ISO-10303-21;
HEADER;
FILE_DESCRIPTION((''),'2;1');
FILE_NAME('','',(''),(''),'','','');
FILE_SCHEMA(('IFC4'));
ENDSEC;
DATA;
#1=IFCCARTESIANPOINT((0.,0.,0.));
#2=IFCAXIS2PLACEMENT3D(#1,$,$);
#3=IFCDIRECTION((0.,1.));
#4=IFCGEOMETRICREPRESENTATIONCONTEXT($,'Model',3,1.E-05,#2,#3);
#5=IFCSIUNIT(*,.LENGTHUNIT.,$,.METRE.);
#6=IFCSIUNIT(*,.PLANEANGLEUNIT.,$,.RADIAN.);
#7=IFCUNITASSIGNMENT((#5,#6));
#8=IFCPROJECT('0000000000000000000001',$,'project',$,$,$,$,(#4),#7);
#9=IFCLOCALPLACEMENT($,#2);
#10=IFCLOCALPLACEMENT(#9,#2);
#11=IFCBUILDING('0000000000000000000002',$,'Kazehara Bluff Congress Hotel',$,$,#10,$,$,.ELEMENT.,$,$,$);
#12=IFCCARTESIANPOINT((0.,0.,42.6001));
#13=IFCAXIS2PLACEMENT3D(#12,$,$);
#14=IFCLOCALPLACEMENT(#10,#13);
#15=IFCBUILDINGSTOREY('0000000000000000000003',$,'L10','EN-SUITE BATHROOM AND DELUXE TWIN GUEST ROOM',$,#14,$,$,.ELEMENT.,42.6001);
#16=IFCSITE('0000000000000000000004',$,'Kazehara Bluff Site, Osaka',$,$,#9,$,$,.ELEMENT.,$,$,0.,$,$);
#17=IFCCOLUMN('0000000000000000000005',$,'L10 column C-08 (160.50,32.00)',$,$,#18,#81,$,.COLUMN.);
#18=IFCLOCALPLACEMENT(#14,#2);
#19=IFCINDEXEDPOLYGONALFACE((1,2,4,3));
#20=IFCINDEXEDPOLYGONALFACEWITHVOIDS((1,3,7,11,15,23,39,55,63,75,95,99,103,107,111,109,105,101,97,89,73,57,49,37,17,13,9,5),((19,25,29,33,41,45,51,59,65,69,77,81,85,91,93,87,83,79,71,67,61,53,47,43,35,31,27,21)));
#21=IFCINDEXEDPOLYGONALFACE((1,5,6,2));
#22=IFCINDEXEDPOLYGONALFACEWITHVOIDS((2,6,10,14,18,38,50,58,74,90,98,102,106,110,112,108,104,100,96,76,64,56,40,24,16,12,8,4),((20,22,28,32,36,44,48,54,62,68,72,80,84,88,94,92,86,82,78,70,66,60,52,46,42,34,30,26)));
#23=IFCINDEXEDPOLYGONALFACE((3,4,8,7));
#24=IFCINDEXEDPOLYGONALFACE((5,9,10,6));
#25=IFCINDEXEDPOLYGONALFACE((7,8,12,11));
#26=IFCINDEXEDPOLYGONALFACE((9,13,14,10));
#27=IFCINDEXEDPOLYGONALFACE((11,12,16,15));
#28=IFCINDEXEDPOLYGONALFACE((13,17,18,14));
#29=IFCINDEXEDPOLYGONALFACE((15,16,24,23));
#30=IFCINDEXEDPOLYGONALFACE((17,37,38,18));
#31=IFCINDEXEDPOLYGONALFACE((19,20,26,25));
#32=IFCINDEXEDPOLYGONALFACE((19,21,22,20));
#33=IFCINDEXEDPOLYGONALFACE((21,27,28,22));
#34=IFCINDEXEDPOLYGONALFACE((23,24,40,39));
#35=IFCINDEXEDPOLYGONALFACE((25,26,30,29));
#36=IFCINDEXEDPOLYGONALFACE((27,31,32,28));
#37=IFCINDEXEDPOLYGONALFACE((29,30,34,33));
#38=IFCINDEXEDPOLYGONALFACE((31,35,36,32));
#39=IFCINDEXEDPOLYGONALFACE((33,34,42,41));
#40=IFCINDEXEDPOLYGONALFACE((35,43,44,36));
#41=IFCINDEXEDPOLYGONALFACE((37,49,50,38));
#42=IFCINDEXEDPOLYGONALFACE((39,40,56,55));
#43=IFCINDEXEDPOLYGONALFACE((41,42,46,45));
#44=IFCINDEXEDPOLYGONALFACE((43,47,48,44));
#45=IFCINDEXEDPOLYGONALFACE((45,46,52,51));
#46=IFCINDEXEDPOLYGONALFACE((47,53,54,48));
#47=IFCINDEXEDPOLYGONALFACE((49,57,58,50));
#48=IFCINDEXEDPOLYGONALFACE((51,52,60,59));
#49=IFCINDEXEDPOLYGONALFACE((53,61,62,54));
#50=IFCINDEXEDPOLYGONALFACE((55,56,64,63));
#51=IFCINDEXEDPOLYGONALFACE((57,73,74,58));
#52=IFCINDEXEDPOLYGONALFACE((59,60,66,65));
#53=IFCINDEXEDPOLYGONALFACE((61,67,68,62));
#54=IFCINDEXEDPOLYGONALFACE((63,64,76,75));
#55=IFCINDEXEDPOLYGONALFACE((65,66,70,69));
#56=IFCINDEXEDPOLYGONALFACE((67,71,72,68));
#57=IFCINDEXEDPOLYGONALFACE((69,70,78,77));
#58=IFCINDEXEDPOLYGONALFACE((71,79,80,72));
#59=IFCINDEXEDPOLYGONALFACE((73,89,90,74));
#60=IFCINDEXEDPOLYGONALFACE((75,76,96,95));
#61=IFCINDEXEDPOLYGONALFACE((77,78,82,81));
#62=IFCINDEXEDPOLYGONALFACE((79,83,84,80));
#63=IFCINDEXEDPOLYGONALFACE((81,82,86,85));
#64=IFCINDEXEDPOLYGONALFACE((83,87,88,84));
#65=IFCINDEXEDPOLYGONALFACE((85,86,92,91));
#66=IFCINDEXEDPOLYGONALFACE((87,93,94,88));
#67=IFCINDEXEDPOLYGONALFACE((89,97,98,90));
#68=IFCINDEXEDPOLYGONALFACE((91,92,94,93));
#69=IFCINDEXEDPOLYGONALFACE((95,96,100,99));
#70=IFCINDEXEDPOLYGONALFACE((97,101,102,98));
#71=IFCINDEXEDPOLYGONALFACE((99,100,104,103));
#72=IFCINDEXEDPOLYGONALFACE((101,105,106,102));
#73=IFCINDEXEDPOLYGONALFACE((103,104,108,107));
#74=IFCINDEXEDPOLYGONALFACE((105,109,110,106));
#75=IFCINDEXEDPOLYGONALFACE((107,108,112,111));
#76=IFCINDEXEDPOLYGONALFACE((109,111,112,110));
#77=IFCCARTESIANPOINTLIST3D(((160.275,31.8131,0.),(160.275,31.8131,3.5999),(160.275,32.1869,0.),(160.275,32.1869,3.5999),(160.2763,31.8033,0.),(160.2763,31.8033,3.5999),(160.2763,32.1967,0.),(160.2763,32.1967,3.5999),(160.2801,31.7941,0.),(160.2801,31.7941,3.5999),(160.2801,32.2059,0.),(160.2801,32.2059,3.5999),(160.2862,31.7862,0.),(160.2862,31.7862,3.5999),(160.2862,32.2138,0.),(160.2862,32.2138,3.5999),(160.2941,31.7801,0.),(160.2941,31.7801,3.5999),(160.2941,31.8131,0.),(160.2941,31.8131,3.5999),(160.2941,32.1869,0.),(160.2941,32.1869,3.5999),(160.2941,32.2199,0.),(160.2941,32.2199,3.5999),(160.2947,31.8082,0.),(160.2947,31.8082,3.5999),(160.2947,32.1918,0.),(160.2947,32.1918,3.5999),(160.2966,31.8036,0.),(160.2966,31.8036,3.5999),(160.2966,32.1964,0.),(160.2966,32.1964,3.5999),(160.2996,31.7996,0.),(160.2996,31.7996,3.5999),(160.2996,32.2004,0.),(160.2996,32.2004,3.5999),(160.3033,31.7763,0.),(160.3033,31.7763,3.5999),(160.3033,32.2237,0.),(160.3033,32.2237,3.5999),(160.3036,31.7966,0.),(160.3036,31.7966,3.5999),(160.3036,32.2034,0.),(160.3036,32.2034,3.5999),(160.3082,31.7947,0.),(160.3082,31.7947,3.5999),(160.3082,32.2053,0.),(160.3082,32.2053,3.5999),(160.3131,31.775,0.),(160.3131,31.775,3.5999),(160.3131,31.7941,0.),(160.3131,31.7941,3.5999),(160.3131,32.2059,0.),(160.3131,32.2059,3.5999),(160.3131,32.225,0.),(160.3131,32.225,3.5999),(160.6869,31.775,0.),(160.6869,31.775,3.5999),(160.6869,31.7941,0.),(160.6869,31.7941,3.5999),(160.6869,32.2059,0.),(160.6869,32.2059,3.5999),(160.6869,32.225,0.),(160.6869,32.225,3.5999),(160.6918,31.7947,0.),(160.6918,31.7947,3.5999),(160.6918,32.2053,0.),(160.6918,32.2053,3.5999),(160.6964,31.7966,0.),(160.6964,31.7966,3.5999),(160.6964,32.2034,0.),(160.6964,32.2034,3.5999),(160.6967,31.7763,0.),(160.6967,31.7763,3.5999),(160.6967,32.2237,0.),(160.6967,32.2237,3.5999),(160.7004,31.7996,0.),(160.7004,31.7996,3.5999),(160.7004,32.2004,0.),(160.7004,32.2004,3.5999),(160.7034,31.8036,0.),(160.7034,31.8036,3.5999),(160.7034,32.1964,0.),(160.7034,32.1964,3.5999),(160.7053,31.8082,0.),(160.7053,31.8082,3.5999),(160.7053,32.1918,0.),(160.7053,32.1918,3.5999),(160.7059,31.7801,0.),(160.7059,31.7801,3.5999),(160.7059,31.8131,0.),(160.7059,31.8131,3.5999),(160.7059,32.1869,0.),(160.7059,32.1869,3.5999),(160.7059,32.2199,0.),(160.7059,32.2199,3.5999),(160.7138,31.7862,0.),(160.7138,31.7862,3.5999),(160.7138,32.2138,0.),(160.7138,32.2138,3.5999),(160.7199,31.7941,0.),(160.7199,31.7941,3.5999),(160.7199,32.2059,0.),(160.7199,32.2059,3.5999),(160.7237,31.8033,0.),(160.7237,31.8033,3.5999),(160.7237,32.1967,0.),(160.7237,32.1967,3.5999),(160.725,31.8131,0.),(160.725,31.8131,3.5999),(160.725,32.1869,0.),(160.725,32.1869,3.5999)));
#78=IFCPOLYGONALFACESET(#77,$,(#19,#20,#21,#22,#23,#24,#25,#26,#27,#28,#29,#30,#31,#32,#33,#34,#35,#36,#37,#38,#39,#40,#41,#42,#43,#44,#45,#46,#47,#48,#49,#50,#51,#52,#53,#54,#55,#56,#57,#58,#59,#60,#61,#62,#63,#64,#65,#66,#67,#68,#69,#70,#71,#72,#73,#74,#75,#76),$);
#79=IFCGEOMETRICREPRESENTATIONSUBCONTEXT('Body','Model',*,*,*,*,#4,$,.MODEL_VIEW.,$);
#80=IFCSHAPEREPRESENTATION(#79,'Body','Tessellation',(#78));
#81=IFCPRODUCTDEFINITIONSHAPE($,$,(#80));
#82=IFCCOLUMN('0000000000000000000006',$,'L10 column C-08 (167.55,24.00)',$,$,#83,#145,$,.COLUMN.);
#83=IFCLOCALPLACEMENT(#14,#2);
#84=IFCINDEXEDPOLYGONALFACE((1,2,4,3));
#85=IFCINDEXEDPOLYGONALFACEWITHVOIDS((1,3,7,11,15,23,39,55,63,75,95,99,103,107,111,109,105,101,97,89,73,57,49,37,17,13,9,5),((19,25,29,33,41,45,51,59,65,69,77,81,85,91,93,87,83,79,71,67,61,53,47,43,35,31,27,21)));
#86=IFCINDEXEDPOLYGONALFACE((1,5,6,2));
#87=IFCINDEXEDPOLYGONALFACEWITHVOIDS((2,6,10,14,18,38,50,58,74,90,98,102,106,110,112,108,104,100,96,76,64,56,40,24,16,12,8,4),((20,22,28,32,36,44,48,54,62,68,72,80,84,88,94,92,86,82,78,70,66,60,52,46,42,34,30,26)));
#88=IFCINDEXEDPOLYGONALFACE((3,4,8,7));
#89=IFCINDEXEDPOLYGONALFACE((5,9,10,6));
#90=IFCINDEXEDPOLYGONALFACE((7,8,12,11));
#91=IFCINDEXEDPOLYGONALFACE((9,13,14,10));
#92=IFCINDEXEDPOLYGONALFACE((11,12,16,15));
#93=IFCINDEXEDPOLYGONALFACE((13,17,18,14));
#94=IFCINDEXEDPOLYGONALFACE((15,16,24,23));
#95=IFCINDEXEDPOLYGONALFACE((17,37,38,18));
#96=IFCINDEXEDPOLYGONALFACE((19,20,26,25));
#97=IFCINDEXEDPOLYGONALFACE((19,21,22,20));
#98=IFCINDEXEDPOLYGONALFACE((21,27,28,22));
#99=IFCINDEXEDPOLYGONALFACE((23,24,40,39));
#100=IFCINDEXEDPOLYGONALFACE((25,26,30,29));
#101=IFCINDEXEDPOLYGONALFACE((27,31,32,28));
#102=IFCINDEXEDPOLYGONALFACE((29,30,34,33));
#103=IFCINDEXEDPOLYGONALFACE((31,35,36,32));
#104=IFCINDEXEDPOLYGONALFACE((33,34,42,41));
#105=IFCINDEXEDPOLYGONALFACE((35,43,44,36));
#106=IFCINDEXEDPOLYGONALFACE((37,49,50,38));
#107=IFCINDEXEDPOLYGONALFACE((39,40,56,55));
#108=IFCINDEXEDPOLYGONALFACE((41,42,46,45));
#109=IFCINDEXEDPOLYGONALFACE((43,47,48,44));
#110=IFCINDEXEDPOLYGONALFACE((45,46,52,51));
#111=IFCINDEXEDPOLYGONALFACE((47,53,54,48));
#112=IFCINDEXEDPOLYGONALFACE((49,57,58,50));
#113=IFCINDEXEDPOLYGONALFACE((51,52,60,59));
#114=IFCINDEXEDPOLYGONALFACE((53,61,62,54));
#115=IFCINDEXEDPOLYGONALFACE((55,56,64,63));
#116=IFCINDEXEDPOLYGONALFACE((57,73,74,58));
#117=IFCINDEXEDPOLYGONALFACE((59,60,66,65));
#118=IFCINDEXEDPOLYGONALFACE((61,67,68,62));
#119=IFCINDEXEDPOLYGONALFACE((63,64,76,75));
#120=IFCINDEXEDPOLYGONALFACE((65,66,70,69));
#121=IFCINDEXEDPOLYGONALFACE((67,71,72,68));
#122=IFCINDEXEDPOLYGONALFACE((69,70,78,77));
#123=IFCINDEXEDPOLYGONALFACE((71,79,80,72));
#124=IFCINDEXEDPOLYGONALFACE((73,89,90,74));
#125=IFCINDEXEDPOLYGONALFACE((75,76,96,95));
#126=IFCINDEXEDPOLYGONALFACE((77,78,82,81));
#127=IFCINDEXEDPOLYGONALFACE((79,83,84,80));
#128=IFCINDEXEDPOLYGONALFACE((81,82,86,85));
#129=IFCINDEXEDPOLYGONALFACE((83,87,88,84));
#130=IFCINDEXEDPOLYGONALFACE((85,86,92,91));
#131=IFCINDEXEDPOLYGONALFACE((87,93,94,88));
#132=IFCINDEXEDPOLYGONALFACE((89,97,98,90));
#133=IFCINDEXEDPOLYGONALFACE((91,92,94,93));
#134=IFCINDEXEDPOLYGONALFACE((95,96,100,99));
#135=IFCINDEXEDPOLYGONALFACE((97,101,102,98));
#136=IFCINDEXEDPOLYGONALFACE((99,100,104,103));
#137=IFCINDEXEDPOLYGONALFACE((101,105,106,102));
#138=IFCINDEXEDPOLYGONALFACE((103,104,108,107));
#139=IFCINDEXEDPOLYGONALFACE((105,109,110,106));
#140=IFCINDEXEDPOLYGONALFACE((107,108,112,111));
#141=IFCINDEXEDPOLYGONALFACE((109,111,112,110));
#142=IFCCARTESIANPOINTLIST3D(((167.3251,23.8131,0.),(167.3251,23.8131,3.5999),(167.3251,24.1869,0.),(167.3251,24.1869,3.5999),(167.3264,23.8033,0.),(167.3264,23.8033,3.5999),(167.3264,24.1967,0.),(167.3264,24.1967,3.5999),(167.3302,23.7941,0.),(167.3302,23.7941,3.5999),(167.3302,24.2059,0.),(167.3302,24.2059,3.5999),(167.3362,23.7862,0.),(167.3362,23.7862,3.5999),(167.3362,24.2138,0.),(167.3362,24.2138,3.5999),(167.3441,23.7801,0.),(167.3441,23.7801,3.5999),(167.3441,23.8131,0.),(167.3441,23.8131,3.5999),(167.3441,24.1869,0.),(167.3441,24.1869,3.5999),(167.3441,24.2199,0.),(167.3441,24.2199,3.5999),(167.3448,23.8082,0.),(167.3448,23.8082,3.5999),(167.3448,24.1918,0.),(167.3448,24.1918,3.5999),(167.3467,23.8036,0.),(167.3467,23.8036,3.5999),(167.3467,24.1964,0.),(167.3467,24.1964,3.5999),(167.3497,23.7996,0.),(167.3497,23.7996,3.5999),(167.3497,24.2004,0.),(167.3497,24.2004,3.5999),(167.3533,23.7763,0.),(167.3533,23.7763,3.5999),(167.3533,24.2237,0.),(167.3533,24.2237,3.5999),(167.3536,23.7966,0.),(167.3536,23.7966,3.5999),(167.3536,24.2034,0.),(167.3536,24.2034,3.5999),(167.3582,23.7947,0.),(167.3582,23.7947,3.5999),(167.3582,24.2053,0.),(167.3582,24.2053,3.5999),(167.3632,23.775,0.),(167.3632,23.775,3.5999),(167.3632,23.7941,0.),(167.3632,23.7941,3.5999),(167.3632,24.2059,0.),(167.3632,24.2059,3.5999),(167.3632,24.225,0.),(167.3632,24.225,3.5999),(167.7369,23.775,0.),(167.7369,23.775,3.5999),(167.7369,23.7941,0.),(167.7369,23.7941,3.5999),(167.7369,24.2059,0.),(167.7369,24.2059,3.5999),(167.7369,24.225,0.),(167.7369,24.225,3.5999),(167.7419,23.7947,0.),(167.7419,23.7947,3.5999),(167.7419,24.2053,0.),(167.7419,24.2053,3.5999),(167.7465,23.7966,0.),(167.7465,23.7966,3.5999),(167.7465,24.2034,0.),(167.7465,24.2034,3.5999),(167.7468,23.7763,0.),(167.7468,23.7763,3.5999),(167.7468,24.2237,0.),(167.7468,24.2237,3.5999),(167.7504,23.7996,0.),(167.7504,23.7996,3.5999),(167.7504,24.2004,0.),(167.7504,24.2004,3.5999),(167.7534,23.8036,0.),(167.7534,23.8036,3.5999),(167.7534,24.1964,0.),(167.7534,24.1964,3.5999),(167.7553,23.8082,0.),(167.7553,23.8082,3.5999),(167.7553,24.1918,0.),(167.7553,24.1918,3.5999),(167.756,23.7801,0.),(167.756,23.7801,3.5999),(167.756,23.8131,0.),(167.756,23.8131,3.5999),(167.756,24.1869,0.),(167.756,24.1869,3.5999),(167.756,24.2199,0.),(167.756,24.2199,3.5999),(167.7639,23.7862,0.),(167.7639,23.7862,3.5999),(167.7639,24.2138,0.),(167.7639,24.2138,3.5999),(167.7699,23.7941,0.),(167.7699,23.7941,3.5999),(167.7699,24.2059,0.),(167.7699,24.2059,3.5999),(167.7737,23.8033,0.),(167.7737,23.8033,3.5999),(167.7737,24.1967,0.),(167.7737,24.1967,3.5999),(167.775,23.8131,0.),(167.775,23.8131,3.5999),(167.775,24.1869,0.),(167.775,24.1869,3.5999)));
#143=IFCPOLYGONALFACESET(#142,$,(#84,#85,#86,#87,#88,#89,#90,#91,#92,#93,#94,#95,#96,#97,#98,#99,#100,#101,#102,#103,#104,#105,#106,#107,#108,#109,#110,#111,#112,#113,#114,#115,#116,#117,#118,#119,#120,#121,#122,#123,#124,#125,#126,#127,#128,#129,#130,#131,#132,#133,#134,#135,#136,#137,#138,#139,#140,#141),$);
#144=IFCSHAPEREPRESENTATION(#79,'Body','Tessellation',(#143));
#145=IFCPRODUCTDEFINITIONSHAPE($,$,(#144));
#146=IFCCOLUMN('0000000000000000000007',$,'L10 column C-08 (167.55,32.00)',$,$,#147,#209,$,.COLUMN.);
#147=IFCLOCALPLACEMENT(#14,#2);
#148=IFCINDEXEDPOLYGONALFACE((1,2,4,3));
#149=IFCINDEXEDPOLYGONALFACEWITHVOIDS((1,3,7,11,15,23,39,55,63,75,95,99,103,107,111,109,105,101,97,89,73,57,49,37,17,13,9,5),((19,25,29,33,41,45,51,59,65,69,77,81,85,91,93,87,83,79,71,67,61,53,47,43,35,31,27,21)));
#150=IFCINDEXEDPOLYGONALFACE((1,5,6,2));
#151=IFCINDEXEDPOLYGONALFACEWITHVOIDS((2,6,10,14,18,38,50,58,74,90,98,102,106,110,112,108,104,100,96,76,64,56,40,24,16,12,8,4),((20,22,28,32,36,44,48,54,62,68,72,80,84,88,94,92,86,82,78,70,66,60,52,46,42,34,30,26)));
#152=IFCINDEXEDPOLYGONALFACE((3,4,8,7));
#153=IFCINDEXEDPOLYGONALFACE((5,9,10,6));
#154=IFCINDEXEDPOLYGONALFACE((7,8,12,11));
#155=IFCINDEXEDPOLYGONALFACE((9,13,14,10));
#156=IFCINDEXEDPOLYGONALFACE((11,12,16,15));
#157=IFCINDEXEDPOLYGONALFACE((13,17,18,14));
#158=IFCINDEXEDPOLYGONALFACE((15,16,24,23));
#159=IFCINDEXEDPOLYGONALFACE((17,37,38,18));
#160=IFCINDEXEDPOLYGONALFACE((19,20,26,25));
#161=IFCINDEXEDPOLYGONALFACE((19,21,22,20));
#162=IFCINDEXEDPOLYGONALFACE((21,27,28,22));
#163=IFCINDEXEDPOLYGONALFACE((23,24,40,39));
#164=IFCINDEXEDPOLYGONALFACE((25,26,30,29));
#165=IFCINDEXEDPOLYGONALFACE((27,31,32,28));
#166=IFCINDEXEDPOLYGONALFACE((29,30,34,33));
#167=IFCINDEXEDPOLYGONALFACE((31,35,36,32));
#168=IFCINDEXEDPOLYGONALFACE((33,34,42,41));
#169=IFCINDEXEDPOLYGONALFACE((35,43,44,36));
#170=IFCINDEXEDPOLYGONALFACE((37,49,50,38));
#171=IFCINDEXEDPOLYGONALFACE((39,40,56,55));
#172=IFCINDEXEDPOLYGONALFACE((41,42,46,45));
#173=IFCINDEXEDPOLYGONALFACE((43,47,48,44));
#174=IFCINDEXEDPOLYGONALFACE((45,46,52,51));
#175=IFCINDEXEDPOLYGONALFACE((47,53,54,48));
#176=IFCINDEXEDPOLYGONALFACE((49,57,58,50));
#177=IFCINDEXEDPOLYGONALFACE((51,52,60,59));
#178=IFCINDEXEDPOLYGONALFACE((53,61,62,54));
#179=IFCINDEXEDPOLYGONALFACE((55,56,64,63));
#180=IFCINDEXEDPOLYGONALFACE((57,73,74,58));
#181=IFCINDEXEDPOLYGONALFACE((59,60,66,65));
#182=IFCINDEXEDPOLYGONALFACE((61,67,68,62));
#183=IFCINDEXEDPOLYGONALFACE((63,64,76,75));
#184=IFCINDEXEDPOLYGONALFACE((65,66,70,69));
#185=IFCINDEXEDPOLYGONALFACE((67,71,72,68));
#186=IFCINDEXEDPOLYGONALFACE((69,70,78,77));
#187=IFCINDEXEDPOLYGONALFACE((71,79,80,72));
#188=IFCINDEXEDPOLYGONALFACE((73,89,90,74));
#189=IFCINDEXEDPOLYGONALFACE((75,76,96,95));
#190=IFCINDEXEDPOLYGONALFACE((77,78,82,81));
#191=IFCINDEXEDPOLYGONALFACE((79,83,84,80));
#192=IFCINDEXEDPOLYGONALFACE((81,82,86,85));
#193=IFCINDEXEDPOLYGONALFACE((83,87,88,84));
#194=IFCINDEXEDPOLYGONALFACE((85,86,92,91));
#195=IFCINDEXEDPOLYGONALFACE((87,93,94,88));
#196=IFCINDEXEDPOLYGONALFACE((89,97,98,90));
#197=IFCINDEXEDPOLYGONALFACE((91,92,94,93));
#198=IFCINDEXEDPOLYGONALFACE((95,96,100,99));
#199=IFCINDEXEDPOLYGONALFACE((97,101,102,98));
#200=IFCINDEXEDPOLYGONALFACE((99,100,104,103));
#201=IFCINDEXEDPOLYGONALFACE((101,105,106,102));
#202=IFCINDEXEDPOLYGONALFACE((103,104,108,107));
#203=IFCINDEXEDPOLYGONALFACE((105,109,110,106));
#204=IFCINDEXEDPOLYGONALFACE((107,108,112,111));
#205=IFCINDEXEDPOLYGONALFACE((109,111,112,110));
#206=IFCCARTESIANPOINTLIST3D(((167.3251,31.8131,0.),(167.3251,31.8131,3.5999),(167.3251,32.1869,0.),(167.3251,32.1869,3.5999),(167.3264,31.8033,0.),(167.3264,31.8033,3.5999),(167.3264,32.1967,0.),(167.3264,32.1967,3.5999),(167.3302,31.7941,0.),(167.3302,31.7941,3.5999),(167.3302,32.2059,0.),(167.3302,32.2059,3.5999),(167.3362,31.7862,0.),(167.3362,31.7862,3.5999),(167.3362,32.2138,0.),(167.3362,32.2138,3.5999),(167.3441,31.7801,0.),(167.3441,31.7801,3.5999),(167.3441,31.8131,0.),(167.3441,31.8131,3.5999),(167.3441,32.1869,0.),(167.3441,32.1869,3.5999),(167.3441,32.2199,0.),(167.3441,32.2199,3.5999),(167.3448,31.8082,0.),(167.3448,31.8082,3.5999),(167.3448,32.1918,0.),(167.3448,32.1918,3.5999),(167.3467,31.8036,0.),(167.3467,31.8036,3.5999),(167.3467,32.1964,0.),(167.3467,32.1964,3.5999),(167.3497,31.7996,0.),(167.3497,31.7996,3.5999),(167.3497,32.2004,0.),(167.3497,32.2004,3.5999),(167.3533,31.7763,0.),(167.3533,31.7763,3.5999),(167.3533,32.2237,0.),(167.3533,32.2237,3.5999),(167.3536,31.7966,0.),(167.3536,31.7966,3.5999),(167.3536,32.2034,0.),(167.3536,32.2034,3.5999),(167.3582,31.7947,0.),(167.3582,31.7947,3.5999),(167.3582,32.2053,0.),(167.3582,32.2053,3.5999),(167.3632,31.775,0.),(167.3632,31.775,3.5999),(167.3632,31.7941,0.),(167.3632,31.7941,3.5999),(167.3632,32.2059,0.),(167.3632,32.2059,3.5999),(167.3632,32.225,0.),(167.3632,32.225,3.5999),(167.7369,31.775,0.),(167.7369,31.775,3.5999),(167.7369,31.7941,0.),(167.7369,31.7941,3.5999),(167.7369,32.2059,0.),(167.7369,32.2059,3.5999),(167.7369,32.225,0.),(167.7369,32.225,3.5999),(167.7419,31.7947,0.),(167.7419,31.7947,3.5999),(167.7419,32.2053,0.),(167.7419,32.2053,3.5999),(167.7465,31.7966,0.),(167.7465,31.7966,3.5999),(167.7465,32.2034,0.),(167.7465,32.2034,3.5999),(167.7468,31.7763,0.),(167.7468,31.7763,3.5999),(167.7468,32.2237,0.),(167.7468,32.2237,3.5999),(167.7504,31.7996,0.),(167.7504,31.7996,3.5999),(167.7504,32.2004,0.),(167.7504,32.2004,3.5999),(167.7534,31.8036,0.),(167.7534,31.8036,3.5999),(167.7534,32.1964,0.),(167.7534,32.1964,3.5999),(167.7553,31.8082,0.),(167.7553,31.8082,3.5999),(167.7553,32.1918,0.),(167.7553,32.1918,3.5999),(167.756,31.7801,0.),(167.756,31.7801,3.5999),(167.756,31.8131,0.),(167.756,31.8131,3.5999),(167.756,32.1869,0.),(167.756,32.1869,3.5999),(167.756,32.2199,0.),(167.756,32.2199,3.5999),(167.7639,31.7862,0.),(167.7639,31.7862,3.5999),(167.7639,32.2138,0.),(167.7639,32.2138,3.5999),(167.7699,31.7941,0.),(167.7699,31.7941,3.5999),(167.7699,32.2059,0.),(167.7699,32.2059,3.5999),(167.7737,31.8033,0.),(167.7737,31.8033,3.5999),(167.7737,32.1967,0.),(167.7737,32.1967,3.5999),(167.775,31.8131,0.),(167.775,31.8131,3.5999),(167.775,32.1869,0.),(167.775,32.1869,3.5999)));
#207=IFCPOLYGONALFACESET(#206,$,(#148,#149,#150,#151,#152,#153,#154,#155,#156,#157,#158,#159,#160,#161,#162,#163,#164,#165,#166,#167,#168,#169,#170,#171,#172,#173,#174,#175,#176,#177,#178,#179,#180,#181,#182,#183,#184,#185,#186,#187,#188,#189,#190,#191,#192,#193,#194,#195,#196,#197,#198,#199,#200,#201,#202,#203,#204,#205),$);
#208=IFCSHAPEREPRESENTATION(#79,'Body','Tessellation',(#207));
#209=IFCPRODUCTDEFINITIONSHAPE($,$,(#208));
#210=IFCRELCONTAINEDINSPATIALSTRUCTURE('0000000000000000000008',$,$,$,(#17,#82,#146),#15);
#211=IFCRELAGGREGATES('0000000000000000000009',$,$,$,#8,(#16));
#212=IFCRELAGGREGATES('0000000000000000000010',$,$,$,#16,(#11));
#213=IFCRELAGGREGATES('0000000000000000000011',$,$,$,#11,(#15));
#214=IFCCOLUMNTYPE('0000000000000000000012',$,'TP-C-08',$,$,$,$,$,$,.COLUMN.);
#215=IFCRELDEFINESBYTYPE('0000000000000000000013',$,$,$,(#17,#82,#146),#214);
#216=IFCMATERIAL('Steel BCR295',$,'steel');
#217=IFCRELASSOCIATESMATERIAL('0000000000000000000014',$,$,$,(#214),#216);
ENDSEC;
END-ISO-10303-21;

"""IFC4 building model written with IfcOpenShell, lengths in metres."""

from ifc_helpers import new_model, si_unit, direction, frame, origin, origin_2d, place, context, subcontext, project, spatial, hollow_rectangle, extrude, material, material_profile, profile_set, type_object, element, save


model = new_model("IFC4")

# Units and contexts
model_context = context("Model", 3, precision=1e-05, world=origin(), true_north=direction((0.0, 1.0)))
body_context = subcontext(model_context, "Body", "Model", "MODEL_VIEW")
ifc_project = project(units=[si_unit("LENGTHUNIT", "METRE"), si_unit("PLANEANGLEUNIT", "RADIAN")], contexts=[model_context])

# Site, building, storey
site_placement = place(None, origin())
site = spatial("IfcSite", under=ifc_project, at=site_placement, Name="Kazehara Bluff Site, Osaka", CompositionType="ELEMENT", RefElevation=0.0)
building_placement = place(site_placement, origin())
building = spatial("IfcBuilding", under=site, at=building_placement, Name="Kazehara Bluff Congress Hotel", CompositionType="ELEMENT")
storey_placement = place(building_placement, frame((0.0, 0.0, 42.6001)))
storey = spatial("IfcBuildingStorey", under=building, at=storey_placement, Name="L10", Description="EN-SUITE BATHROOM AND DELUXE TWIN GUEST ROOM", CompositionType="ELEMENT", Elevation=42.6001)

# Columns
ifc_material_1 = material(Name="Steel BCR295", Category="steel")
ifc_material_profile_1 = material_profile(ifc_material_1, hollow_rectangle(XDim=0.45, YDim=0.45, WallThickness=0.019, InnerFilletRadius=0.019, OuterFilletRadius=0.0381, at=origin_2d()))
ifc_profile_set_1 = profile_set([ifc_material_profile_1], Name="Steel BCR295")
column_type = type_object("IfcColumnType", Name="TP-C-08", PredefinedType="COLUMN", material=ifc_profile_set_1)
for number, where, z_axis, x_axis, name in (
    (1, (160.5, 32.0, 0.0), (0.0, 0.0, 1.0), (1.0, 0.0, 0.0), "L10 column C-08 (160.50,32.00)"),
    (2, (167.55, 24.0, 0.0), (0.0, 0.0, 1.0), (1.0, 0.0, 0.0), "L10 column C-08 (167.55,24.00)"),
    (3, (167.55, 32.0, 0.0), (0.0, 0.0, 1.0), (1.0, 0.0, 0.0), "L10 column C-08 (167.55,32.00)"),
):
    element("IfcColumn", number, at=place(storey_placement, frame(where, z_axis=z_axis, x_axis=x_axis)), inside=storey, type_object=column_type, Name=name, PredefinedType="COLUMN", context=body_context, shape_type="SweptSolid", body=[
        extrude(hollow_rectangle(XDim=0.45, YDim=0.45, WallThickness=0.019, InnerFilletRadius=0.019, OuterFilletRadius=0.0381, at=origin_2d()), origin(), (0.0, 0.0, 1.0), 3.5999),
    ])

save(model, "model.ifc")
